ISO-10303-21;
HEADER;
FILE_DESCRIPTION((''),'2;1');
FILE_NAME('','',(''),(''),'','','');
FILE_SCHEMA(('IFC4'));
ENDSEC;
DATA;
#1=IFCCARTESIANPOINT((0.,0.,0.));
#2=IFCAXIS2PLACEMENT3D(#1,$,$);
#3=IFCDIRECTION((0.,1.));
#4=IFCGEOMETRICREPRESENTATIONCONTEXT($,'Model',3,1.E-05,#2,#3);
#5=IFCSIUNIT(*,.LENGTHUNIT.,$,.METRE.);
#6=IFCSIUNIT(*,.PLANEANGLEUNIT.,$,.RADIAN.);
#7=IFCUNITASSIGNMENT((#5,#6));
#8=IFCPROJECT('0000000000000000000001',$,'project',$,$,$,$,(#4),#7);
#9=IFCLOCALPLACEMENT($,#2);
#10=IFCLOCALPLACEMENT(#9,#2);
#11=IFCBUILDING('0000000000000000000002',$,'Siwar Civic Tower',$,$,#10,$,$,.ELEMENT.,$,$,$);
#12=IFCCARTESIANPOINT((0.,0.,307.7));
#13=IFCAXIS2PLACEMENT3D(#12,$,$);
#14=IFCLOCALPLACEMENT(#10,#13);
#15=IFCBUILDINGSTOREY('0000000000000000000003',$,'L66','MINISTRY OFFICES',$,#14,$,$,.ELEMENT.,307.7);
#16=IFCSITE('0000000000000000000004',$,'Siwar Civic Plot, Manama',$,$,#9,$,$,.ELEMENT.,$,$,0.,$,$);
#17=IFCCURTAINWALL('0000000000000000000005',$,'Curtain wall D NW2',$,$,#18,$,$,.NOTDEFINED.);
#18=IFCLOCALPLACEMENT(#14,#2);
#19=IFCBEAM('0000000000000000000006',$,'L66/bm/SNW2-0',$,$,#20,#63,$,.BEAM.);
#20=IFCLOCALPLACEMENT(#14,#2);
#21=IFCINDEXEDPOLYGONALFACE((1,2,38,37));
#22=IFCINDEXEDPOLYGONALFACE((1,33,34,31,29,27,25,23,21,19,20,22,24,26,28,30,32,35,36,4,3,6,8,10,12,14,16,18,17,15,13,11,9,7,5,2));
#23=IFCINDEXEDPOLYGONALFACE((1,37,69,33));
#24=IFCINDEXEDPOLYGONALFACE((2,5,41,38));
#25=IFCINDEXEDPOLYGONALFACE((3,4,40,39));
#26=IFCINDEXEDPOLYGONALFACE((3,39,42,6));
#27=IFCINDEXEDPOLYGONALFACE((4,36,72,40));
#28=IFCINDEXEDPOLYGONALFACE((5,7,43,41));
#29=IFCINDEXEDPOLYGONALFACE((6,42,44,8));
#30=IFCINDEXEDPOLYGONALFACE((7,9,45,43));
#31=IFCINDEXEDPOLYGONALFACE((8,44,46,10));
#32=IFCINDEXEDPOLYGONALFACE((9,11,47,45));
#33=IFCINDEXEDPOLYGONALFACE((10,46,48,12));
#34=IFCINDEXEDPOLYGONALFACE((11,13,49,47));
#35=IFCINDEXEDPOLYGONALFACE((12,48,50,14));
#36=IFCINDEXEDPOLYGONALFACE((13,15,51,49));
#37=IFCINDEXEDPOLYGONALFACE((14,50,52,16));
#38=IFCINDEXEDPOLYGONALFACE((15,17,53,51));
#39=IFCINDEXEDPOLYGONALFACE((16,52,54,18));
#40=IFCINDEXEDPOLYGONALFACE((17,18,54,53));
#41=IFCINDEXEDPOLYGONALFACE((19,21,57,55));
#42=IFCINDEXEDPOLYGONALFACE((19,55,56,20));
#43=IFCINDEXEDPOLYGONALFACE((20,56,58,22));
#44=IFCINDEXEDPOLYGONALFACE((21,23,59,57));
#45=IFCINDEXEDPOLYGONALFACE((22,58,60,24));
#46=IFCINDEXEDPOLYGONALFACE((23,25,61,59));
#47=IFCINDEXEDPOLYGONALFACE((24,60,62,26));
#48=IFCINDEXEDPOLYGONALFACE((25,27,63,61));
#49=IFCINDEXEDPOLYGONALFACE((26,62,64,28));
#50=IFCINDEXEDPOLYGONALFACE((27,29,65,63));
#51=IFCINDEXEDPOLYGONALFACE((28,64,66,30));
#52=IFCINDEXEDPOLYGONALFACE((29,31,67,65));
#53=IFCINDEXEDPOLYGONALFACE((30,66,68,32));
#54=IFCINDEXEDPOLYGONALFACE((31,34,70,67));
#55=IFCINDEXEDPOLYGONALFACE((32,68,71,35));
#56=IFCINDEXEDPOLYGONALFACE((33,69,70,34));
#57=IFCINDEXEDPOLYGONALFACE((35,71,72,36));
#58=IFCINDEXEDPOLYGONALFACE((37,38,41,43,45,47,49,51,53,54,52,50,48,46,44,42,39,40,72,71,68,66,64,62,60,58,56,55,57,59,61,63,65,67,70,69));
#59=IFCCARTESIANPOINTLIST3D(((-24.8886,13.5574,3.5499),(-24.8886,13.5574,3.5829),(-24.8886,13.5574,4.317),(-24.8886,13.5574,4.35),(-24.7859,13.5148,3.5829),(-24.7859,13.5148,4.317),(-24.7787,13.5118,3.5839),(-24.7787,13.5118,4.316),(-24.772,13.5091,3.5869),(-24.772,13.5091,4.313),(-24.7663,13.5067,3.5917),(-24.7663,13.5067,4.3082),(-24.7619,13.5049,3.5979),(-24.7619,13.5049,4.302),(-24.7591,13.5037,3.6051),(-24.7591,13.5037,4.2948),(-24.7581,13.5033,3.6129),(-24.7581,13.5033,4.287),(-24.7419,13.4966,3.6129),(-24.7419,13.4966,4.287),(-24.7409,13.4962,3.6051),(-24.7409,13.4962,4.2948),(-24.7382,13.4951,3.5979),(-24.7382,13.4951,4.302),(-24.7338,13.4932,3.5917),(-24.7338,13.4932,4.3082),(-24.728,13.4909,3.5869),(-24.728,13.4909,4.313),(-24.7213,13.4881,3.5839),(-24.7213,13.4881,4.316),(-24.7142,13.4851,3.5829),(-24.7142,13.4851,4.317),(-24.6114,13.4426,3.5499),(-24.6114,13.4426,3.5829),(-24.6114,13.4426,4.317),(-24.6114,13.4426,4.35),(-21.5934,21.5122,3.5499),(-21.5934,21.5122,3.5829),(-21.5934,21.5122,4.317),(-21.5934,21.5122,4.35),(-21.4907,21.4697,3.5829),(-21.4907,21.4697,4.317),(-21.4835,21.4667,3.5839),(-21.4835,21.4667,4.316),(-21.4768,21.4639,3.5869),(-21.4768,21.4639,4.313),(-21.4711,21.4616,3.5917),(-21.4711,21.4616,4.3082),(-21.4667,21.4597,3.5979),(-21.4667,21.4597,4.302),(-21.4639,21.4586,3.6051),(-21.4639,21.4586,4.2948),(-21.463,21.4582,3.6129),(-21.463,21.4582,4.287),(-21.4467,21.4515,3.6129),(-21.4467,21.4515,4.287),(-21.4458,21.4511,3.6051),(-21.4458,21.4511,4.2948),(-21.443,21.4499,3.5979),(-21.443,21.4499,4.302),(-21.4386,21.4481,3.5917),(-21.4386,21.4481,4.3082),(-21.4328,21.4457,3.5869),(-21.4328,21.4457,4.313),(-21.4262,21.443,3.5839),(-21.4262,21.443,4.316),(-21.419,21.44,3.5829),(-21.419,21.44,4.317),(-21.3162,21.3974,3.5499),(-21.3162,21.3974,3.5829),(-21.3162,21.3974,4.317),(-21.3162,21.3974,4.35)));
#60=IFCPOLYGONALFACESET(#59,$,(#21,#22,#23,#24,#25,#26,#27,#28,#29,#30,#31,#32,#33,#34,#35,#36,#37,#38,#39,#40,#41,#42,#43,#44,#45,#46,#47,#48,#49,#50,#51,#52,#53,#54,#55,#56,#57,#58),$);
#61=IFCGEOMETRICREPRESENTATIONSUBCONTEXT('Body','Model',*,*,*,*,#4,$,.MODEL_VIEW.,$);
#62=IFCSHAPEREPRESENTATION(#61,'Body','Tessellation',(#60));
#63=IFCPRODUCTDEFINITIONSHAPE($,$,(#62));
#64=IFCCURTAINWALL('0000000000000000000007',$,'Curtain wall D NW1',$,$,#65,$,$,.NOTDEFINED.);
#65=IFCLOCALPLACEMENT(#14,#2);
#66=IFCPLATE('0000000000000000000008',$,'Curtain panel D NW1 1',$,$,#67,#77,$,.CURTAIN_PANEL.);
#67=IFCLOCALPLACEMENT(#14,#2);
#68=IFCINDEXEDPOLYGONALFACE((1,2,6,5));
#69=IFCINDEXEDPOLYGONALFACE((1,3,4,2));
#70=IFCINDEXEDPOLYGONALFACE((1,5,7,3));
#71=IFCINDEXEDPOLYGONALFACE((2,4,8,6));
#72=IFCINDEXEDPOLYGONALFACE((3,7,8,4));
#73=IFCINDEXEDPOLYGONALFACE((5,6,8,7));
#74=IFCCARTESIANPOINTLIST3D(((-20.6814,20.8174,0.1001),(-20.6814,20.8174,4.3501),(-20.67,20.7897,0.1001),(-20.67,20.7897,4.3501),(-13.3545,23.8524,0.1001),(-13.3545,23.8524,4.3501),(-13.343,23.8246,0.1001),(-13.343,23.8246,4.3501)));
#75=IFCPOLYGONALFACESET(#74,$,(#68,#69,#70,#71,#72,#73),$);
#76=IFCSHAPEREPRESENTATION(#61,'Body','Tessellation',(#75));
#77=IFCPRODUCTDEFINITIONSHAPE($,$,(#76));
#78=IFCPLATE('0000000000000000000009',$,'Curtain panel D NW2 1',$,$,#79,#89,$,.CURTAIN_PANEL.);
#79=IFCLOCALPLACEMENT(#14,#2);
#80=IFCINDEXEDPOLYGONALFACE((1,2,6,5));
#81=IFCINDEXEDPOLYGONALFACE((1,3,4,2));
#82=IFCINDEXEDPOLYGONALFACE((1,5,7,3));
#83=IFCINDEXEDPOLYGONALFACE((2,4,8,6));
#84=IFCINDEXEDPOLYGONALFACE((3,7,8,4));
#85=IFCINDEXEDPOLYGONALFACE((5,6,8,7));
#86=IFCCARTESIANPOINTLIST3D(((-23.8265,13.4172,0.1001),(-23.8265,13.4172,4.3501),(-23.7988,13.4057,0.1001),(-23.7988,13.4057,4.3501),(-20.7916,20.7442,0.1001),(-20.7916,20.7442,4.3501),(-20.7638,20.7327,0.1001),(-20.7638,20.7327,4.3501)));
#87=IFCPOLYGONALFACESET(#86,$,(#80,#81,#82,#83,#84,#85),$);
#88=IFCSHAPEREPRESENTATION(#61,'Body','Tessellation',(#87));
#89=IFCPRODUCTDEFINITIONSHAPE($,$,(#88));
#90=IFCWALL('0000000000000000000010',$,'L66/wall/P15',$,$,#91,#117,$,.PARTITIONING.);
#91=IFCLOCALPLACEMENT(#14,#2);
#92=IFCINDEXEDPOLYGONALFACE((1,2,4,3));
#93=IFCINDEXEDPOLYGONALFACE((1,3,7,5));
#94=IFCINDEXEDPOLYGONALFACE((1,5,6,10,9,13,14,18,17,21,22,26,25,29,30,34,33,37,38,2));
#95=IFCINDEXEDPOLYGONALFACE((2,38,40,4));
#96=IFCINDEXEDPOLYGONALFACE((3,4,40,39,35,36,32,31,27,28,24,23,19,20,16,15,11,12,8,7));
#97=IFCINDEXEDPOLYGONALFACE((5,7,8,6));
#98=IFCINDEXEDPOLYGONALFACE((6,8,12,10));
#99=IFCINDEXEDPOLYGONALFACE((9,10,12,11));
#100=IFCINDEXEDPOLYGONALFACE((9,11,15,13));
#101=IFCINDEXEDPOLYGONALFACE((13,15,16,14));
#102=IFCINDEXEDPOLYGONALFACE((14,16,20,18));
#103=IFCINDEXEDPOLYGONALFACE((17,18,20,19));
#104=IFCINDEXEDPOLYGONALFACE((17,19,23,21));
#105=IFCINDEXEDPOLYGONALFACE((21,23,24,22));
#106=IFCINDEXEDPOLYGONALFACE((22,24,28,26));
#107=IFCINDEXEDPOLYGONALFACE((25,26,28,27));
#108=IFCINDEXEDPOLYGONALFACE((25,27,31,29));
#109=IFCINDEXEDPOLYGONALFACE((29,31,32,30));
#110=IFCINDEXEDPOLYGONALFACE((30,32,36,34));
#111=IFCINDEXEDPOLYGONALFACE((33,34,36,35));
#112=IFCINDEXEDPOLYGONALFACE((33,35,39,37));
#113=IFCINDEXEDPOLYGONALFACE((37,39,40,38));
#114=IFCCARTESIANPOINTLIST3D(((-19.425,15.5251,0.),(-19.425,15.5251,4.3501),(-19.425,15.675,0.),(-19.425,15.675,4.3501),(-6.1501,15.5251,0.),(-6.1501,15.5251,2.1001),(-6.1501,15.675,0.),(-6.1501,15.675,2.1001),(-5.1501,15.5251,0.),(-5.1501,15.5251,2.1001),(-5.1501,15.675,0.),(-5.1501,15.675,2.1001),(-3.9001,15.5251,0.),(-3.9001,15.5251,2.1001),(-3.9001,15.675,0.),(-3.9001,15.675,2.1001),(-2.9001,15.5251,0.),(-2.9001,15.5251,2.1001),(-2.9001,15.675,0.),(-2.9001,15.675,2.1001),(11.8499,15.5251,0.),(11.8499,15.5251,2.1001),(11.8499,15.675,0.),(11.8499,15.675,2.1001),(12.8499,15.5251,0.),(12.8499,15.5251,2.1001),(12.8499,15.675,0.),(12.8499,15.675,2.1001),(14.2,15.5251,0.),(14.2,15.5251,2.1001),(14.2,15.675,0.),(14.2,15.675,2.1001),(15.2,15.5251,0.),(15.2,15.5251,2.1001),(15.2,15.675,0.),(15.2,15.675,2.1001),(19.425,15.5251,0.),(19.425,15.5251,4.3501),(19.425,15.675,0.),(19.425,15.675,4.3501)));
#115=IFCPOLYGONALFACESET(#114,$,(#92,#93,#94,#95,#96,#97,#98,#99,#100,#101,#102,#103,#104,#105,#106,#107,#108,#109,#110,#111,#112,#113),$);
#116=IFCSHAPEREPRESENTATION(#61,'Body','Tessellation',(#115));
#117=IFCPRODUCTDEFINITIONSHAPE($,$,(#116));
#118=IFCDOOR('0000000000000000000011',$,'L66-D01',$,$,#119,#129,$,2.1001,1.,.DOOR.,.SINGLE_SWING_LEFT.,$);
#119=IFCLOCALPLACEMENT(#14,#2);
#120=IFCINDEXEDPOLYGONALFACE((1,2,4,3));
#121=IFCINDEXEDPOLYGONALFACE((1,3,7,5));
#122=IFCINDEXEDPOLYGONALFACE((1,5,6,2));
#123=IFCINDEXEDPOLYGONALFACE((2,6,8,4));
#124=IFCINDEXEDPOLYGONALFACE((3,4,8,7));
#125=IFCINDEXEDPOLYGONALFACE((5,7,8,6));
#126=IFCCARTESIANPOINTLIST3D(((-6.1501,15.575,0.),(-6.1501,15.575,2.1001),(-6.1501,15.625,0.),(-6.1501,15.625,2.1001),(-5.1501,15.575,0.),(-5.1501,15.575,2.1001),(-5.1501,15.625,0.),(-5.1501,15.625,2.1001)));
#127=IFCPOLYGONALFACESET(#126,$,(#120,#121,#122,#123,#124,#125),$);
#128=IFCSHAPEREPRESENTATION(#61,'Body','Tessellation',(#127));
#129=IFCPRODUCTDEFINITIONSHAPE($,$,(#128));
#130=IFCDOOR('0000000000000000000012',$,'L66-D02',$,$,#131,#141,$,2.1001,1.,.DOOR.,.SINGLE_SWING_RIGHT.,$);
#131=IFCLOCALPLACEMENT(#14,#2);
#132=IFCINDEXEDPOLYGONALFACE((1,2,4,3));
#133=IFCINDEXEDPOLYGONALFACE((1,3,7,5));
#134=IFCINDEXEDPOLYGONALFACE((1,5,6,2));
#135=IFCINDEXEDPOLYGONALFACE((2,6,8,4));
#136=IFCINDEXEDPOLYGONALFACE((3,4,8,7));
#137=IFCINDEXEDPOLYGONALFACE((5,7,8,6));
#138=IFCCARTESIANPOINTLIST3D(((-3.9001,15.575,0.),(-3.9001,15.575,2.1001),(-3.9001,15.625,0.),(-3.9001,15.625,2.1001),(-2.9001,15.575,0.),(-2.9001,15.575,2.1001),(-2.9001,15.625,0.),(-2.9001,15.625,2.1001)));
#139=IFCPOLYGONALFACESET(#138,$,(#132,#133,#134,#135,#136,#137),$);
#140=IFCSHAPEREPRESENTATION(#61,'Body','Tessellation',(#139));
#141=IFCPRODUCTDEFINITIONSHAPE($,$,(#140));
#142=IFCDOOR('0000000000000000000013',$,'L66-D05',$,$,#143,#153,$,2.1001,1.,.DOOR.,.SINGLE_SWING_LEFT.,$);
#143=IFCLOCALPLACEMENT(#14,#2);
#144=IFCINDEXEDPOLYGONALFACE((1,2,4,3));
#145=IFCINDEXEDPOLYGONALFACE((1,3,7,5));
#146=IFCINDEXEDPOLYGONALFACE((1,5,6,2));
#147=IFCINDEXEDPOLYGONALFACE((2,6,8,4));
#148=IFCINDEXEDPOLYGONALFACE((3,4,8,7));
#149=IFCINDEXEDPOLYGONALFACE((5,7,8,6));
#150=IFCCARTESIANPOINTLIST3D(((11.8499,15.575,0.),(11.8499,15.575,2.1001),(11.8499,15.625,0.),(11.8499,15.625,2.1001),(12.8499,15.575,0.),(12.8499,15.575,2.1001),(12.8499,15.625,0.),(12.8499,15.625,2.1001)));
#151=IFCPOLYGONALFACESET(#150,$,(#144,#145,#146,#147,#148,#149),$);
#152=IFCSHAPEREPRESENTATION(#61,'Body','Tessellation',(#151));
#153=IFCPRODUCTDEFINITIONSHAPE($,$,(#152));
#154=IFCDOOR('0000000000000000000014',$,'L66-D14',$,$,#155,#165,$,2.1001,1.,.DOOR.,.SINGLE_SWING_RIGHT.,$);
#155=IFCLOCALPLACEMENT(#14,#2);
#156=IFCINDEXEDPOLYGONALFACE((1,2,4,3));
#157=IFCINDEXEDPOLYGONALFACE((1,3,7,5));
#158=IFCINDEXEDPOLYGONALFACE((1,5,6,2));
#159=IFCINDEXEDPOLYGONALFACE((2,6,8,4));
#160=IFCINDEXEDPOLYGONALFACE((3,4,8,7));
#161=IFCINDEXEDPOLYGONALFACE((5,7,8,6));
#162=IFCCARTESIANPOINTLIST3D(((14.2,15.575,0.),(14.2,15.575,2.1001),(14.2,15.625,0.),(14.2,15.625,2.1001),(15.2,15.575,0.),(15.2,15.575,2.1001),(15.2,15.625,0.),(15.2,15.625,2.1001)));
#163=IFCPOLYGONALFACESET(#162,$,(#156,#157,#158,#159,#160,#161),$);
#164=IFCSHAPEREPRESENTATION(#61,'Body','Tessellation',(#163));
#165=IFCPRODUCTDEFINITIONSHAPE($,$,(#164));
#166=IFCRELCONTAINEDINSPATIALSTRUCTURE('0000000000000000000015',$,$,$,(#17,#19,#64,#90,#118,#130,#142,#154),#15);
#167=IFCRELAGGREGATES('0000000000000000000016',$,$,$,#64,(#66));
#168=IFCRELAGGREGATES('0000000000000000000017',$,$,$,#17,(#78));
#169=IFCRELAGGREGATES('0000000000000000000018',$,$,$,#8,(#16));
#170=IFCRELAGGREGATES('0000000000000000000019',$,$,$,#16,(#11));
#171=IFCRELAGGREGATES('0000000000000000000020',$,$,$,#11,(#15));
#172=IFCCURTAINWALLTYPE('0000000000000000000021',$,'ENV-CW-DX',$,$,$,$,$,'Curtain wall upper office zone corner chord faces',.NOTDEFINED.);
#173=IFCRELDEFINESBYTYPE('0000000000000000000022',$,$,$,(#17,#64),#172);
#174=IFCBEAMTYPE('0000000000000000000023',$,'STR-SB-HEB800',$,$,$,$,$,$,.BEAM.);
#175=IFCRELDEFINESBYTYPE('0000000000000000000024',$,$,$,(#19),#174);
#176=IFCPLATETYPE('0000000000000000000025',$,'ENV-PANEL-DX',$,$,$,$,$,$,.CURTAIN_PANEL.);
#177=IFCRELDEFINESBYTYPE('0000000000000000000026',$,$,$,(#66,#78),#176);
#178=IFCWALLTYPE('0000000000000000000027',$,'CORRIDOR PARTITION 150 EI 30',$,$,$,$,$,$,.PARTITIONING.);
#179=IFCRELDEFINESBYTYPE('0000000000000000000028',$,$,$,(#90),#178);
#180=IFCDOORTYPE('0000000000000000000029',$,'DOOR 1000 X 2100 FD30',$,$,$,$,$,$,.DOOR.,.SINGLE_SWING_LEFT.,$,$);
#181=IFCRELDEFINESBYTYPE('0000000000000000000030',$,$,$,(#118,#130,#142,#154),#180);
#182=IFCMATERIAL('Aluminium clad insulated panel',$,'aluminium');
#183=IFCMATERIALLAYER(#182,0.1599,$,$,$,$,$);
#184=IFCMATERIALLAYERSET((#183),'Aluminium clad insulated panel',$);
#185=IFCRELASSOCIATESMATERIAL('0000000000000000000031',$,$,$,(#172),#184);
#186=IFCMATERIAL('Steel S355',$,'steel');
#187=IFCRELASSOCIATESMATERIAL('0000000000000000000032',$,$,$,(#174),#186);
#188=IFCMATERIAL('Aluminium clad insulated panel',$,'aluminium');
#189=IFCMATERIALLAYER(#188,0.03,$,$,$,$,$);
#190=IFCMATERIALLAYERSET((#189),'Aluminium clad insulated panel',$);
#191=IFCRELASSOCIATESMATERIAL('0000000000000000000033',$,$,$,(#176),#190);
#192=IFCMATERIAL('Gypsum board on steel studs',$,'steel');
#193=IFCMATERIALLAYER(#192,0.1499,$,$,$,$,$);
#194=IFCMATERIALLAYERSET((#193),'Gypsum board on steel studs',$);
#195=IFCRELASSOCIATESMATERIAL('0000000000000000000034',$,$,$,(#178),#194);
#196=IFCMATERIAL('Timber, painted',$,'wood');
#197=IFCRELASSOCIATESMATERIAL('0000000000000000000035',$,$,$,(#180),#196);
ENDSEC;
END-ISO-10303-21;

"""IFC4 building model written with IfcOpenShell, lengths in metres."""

from ifc_helpers import new_model, si_unit, direction, frame, frame_2d, origin, origin_2d, place, context, subcontext, project, spatial, rectangle, i_section, extrude, material, layer, layer_set, material_profile, profile_set, type_object, element, fill, aggregate, save


model = new_model("IFC4")

# Units and contexts
model_context = context("Model", 3, precision=1e-05, world=origin(), true_north=direction((0.0, 1.0)))
body_context = subcontext(model_context, "Body", "Model", "MODEL_VIEW")
ifc_project = project(units=[si_unit("LENGTHUNIT", "METRE"), si_unit("PLANEANGLEUNIT", "RADIAN")], contexts=[model_context])

# Site, building, storey
site_placement = place(None, origin())
site = spatial("IfcSite", under=ifc_project, at=site_placement, Name="Siwar Civic Plot, Manama", CompositionType="ELEMENT", RefElevation=0.0)
building_placement = place(site_placement, origin())
building = spatial("IfcBuilding", under=site, at=building_placement, Name="Siwar Civic Tower", CompositionType="ELEMENT")
storey_placement = place(building_placement, frame((0.0, 0.0, 307.7)))
storey = spatial("IfcBuildingStorey", under=building, at=storey_placement, Name="L66", Description="MINISTRY OFFICES", CompositionType="ELEMENT", Elevation=307.7)

# Curtain wall
ifc_material_1 = material(Name="Aluminium clad insulated panel", Category="aluminium")
ifc_layer_1 = layer(ifc_material_1, 0.1599)
ifc_layer_set_1 = layer_set([ifc_layer_1], Name="Aluminium clad insulated panel")
curtain_wall_type = type_object("IfcCurtainWallType", Name="ENV-CW-DX", ElementType="Curtain wall upper office zone corner chord faces", PredefinedType="NOTDEFINED", material=ifc_layer_set_1)
curtain_wall_1_placement = place(storey_placement, origin())
curtain_wall_1 = element("IfcCurtainWall", 1, at=curtain_wall_1_placement, inside=storey, type_object=curtain_wall_type, Name="Curtain wall D NW2", PredefinedType="NOTDEFINED")

# Beam
ifc_material_2 = material(Name="Steel S355", Category="steel")
ifc_material_profile_1 = material_profile(ifc_material_2, i_section(OverallWidth=0.3, OverallDepth=0.8, WebThickness=0.0176, FlangeThickness=0.033, FilletRadius=0.03, at=origin_2d()), Name="HEB800")
ifc_profile_set_1 = profile_set([ifc_material_profile_1], Name="Steel S355")
beam_type_1 = type_object("IfcBeamType", Name="STR-SB-HEB800", PredefinedType="BEAM", material=ifc_profile_set_1)
beam_1_placement = place(storey_placement, frame((-21.4548, 21.4548, 3.95), z_axis=(-0.3827, -0.923873, 0.0), x_axis=(0.923873, -0.3827, 0.0)))
element("IfcBeam", 2, at=beam_1_placement, inside=storey, type_object=beam_type_1, Name="L66/bm/SNW2-0", PredefinedType="BEAM", context=body_context, shape_type="SweptSolid", body=[
    extrude(i_section(OverallWidth=0.3, OverallDepth=0.8, WebThickness=0.0176, FlangeThickness=0.033, FilletRadius=0.03, at=origin_2d()), origin(), (0.0, 0.0, 1.0), 8.6104),
])

# Curtain wall, plate
curtain_wall_2_placement = place(storey_placement, origin())
curtain_wall_2 = element("IfcCurtainWall", 3, at=curtain_wall_2_placement, inside=storey, type_object=curtain_wall_type, Name="Curtain wall D NW1", PredefinedType="NOTDEFINED")
ifc_material_3 = material(Name="Aluminium clad insulated panel", Category="aluminium")
ifc_layer_2 = layer(ifc_material_3, 0.03)
ifc_layer_set_2 = layer_set([ifc_layer_2], Name="Aluminium clad insulated panel")
plate_type = type_object("IfcPlateType", Name="ENV-PANEL-DX", PredefinedType="CURTAIN_PANEL", material=ifc_layer_set_2)
plate_1_placement = place(storey_placement, frame((-17.0122, 22.321, 0.1001), z_axis=(0.0, 0.0, 1.0), x_axis=(-0.92388, -0.382683, 0.0)))
plate_1 = element("IfcPlate", 4, at=plate_1_placement, type_object=plate_type, Name="Curtain panel D NW1 1", PredefinedType="CURTAIN_PANEL", context=body_context, shape_type="SweptSolid", body=[
    extrude(rectangle(XDim=7.9307, YDim=0.03, at=origin_2d()), origin(), (0.0, 0.0, 1.0), 4.25),
])
aggregate(curtain_wall_2, [plate_1])

# Plate
plate_2_placement = place(storey_placement, frame((-22.2952, 17.075, 0.1001), z_axis=(0.0, 0.0, 1.0), x_axis=(-0.382683, -0.92388, 0.0)))
plate_2 = element("IfcPlate", 5, at=plate_2_placement, type_object=plate_type, Name="Curtain panel D NW2 1", PredefinedType="CURTAIN_PANEL", context=body_context, shape_type="SweptSolid", body=[
    extrude(rectangle(XDim=7.9307, YDim=0.03, at=origin_2d()), origin(), (0.0, 0.0, 1.0), 4.25),
])
aggregate(curtain_wall_1, [plate_2])

# Wall, openings, doors
ifc_material_4 = material(Name="Gypsum board on steel studs", Category="steel")
ifc_layer_3 = layer(ifc_material_4, 0.1499)
ifc_layer_set_3 = layer_set([ifc_layer_3], Name="Gypsum board on steel studs")
wall_type_1 = type_object("IfcWallType", Name="CORRIDOR PARTITION 150 EI 30", PredefinedType="PARTITIONING", material=ifc_layer_set_3)
wall_1_placement = place(storey_placement, frame((-19.425, 15.6001, 0.0), z_axis=(0.0, 0.0, 1.0), x_axis=(1.0, 0.0, 0.0)))
wall_1 = element("IfcWall", 6, at=wall_1_placement, inside=storey, type_object=wall_type_1, Name="L66/wall/P15", PredefinedType="PARTITIONING", context=body_context, shape_type="SweptSolid", body=[
    extrude(rectangle(XDim=38.8501, YDim=0.1499, at=frame_2d((19.425, 0.0))), origin(), (0.0, 0.0, 1.0), 4.3501),
])
opening_1_placement = place(wall_1_placement, frame((13.2749, 0.0, 0.0)))
opening_1 = element("IfcOpeningElement", 7, at=opening_1_placement, cuts=wall_1, PredefinedType="OPENING", context=body_context, shape_type="SweptSolid", body=[
    extrude(rectangle(XDim=1.0, YDim=2.1001, at=frame_2d((0.5, 1.05))), frame((0.0, 0.085, 0.0), z_axis=(0.0, -1.0, 0.0), x_axis=(1.0, 0.0, 0.0)), (0.0, 0.0, 1.0), 0.1699),
])
opening_2_placement = place(wall_1_placement, frame((15.5249, 0.0, 0.0)))
opening_2 = element("IfcOpeningElement", 8, at=opening_2_placement, cuts=wall_1, PredefinedType="OPENING", context=body_context, shape_type="SweptSolid", body=[
    extrude(rectangle(XDim=1.0, YDim=2.1001, at=frame_2d((0.5, 1.05))), frame((0.0, 0.085, 0.0), z_axis=(0.0, -1.0, 0.0), x_axis=(1.0, 0.0, 0.0)), (0.0, 0.0, 1.0), 0.1699),
])
opening_3_placement = place(wall_1_placement, frame((31.2749, 0.0, 0.0)))
opening_3 = element("IfcOpeningElement", 9, at=opening_3_placement, cuts=wall_1, PredefinedType="OPENING", context=body_context, shape_type="SweptSolid", body=[
    extrude(rectangle(XDim=1.0, YDim=2.1001, at=frame_2d((0.5, 1.05))), frame((0.0, 0.085, 0.0), z_axis=(0.0, -1.0, 0.0), x_axis=(1.0, 0.0, 0.0)), (0.0, 0.0, 1.0), 0.1699),
])
opening_4_placement = place(wall_1_placement, frame((33.625, 0.0, 0.0)))
opening_4 = element("IfcOpeningElement", 10, at=opening_4_placement, cuts=wall_1, PredefinedType="OPENING", context=body_context, shape_type="SweptSolid", body=[
    extrude(rectangle(XDim=1.0, YDim=2.1001, at=frame_2d((0.5, 1.05))), frame((0.0, 0.085, 0.0), z_axis=(0.0, -1.0, 0.0), x_axis=(1.0, 0.0, 0.0)), (0.0, 0.0, 1.0), 0.1699),
])
ifc_material_5 = material(Name="Timber, painted", Category="wood")
door_type_1 = type_object("IfcDoorType", Name="DOOR 1000 X 2100 FD30", OperationType="SINGLE_SWING_LEFT", PredefinedType="DOOR", material=ifc_material_5)
door_1_placement = place(opening_1_placement, origin())
door_1 = element("IfcDoor", 11, at=door_1_placement, inside=storey, type_object=door_type_1, Name="L66-D01", OperationType="SINGLE_SWING_LEFT", OverallHeight=2.1001, OverallWidth=1.0, PredefinedType="DOOR", context=body_context, shape_type="SweptSolid", body=[
    extrude(rectangle(XDim=1.0, YDim=2.1001, at=frame_2d((0.5, 1.05))), frame((0.0, 0.0249, 0.0), z_axis=(0.0, -1.0, 0.0), x_axis=(1.0, 0.0, 0.0)), (0.0, 0.0, 1.0), 0.05),
])
fill(opening_1, door_1)
door_2_placement = place(opening_2_placement, origin())
door_2 = element("IfcDoor", 12, at=door_2_placement, inside=storey, type_object=door_type_1, Name="L66-D02", OperationType="SINGLE_SWING_RIGHT", OverallHeight=2.1001, OverallWidth=1.0, PredefinedType="DOOR", context=body_context, shape_type="SweptSolid", body=[
    extrude(rectangle(XDim=1.0, YDim=2.1001, at=frame_2d((0.5, 1.05))), frame((0.0, 0.0249, 0.0), z_axis=(0.0, -1.0, 0.0), x_axis=(1.0, 0.0, 0.0)), (0.0, 0.0, 1.0), 0.05),
])
fill(opening_2, door_2)
door_3_placement = place(opening_3_placement, origin())
door_3 = element("IfcDoor", 13, at=door_3_placement, inside=storey, type_object=door_type_1, Name="L66-D05", OperationType="SINGLE_SWING_LEFT", OverallHeight=2.1001, OverallWidth=1.0, PredefinedType="DOOR", context=body_context, shape_type="SweptSolid", body=[
    extrude(rectangle(XDim=1.0, YDim=2.1001, at=frame_2d((0.5, 1.05))), frame((0.0, 0.0249, 0.0), z_axis=(0.0, -1.0, 0.0), x_axis=(1.0, 0.0, 0.0)), (0.0, 0.0, 1.0), 0.05),
])
fill(opening_3, door_3)
door_4_placement = place(opening_4_placement, origin())
door_4 = element("IfcDoor", 14, at=door_4_placement, inside=storey, type_object=door_type_1, Name="L66-D14", OperationType="SINGLE_SWING_RIGHT", OverallHeight=2.1001, OverallWidth=1.0, PredefinedType="DOOR", context=body_context, shape_type="SweptSolid", body=[
    extrude(rectangle(XDim=1.0, YDim=2.1001, at=frame_2d((0.5, 1.05))), frame((0.0, 0.0249, 0.0), z_axis=(0.0, -1.0, 0.0), x_axis=(1.0, 0.0, 0.0)), (0.0, 0.0, 1.0), 0.05),
])
fill(opening_4, door_4)

save(model, "model.ifc")
